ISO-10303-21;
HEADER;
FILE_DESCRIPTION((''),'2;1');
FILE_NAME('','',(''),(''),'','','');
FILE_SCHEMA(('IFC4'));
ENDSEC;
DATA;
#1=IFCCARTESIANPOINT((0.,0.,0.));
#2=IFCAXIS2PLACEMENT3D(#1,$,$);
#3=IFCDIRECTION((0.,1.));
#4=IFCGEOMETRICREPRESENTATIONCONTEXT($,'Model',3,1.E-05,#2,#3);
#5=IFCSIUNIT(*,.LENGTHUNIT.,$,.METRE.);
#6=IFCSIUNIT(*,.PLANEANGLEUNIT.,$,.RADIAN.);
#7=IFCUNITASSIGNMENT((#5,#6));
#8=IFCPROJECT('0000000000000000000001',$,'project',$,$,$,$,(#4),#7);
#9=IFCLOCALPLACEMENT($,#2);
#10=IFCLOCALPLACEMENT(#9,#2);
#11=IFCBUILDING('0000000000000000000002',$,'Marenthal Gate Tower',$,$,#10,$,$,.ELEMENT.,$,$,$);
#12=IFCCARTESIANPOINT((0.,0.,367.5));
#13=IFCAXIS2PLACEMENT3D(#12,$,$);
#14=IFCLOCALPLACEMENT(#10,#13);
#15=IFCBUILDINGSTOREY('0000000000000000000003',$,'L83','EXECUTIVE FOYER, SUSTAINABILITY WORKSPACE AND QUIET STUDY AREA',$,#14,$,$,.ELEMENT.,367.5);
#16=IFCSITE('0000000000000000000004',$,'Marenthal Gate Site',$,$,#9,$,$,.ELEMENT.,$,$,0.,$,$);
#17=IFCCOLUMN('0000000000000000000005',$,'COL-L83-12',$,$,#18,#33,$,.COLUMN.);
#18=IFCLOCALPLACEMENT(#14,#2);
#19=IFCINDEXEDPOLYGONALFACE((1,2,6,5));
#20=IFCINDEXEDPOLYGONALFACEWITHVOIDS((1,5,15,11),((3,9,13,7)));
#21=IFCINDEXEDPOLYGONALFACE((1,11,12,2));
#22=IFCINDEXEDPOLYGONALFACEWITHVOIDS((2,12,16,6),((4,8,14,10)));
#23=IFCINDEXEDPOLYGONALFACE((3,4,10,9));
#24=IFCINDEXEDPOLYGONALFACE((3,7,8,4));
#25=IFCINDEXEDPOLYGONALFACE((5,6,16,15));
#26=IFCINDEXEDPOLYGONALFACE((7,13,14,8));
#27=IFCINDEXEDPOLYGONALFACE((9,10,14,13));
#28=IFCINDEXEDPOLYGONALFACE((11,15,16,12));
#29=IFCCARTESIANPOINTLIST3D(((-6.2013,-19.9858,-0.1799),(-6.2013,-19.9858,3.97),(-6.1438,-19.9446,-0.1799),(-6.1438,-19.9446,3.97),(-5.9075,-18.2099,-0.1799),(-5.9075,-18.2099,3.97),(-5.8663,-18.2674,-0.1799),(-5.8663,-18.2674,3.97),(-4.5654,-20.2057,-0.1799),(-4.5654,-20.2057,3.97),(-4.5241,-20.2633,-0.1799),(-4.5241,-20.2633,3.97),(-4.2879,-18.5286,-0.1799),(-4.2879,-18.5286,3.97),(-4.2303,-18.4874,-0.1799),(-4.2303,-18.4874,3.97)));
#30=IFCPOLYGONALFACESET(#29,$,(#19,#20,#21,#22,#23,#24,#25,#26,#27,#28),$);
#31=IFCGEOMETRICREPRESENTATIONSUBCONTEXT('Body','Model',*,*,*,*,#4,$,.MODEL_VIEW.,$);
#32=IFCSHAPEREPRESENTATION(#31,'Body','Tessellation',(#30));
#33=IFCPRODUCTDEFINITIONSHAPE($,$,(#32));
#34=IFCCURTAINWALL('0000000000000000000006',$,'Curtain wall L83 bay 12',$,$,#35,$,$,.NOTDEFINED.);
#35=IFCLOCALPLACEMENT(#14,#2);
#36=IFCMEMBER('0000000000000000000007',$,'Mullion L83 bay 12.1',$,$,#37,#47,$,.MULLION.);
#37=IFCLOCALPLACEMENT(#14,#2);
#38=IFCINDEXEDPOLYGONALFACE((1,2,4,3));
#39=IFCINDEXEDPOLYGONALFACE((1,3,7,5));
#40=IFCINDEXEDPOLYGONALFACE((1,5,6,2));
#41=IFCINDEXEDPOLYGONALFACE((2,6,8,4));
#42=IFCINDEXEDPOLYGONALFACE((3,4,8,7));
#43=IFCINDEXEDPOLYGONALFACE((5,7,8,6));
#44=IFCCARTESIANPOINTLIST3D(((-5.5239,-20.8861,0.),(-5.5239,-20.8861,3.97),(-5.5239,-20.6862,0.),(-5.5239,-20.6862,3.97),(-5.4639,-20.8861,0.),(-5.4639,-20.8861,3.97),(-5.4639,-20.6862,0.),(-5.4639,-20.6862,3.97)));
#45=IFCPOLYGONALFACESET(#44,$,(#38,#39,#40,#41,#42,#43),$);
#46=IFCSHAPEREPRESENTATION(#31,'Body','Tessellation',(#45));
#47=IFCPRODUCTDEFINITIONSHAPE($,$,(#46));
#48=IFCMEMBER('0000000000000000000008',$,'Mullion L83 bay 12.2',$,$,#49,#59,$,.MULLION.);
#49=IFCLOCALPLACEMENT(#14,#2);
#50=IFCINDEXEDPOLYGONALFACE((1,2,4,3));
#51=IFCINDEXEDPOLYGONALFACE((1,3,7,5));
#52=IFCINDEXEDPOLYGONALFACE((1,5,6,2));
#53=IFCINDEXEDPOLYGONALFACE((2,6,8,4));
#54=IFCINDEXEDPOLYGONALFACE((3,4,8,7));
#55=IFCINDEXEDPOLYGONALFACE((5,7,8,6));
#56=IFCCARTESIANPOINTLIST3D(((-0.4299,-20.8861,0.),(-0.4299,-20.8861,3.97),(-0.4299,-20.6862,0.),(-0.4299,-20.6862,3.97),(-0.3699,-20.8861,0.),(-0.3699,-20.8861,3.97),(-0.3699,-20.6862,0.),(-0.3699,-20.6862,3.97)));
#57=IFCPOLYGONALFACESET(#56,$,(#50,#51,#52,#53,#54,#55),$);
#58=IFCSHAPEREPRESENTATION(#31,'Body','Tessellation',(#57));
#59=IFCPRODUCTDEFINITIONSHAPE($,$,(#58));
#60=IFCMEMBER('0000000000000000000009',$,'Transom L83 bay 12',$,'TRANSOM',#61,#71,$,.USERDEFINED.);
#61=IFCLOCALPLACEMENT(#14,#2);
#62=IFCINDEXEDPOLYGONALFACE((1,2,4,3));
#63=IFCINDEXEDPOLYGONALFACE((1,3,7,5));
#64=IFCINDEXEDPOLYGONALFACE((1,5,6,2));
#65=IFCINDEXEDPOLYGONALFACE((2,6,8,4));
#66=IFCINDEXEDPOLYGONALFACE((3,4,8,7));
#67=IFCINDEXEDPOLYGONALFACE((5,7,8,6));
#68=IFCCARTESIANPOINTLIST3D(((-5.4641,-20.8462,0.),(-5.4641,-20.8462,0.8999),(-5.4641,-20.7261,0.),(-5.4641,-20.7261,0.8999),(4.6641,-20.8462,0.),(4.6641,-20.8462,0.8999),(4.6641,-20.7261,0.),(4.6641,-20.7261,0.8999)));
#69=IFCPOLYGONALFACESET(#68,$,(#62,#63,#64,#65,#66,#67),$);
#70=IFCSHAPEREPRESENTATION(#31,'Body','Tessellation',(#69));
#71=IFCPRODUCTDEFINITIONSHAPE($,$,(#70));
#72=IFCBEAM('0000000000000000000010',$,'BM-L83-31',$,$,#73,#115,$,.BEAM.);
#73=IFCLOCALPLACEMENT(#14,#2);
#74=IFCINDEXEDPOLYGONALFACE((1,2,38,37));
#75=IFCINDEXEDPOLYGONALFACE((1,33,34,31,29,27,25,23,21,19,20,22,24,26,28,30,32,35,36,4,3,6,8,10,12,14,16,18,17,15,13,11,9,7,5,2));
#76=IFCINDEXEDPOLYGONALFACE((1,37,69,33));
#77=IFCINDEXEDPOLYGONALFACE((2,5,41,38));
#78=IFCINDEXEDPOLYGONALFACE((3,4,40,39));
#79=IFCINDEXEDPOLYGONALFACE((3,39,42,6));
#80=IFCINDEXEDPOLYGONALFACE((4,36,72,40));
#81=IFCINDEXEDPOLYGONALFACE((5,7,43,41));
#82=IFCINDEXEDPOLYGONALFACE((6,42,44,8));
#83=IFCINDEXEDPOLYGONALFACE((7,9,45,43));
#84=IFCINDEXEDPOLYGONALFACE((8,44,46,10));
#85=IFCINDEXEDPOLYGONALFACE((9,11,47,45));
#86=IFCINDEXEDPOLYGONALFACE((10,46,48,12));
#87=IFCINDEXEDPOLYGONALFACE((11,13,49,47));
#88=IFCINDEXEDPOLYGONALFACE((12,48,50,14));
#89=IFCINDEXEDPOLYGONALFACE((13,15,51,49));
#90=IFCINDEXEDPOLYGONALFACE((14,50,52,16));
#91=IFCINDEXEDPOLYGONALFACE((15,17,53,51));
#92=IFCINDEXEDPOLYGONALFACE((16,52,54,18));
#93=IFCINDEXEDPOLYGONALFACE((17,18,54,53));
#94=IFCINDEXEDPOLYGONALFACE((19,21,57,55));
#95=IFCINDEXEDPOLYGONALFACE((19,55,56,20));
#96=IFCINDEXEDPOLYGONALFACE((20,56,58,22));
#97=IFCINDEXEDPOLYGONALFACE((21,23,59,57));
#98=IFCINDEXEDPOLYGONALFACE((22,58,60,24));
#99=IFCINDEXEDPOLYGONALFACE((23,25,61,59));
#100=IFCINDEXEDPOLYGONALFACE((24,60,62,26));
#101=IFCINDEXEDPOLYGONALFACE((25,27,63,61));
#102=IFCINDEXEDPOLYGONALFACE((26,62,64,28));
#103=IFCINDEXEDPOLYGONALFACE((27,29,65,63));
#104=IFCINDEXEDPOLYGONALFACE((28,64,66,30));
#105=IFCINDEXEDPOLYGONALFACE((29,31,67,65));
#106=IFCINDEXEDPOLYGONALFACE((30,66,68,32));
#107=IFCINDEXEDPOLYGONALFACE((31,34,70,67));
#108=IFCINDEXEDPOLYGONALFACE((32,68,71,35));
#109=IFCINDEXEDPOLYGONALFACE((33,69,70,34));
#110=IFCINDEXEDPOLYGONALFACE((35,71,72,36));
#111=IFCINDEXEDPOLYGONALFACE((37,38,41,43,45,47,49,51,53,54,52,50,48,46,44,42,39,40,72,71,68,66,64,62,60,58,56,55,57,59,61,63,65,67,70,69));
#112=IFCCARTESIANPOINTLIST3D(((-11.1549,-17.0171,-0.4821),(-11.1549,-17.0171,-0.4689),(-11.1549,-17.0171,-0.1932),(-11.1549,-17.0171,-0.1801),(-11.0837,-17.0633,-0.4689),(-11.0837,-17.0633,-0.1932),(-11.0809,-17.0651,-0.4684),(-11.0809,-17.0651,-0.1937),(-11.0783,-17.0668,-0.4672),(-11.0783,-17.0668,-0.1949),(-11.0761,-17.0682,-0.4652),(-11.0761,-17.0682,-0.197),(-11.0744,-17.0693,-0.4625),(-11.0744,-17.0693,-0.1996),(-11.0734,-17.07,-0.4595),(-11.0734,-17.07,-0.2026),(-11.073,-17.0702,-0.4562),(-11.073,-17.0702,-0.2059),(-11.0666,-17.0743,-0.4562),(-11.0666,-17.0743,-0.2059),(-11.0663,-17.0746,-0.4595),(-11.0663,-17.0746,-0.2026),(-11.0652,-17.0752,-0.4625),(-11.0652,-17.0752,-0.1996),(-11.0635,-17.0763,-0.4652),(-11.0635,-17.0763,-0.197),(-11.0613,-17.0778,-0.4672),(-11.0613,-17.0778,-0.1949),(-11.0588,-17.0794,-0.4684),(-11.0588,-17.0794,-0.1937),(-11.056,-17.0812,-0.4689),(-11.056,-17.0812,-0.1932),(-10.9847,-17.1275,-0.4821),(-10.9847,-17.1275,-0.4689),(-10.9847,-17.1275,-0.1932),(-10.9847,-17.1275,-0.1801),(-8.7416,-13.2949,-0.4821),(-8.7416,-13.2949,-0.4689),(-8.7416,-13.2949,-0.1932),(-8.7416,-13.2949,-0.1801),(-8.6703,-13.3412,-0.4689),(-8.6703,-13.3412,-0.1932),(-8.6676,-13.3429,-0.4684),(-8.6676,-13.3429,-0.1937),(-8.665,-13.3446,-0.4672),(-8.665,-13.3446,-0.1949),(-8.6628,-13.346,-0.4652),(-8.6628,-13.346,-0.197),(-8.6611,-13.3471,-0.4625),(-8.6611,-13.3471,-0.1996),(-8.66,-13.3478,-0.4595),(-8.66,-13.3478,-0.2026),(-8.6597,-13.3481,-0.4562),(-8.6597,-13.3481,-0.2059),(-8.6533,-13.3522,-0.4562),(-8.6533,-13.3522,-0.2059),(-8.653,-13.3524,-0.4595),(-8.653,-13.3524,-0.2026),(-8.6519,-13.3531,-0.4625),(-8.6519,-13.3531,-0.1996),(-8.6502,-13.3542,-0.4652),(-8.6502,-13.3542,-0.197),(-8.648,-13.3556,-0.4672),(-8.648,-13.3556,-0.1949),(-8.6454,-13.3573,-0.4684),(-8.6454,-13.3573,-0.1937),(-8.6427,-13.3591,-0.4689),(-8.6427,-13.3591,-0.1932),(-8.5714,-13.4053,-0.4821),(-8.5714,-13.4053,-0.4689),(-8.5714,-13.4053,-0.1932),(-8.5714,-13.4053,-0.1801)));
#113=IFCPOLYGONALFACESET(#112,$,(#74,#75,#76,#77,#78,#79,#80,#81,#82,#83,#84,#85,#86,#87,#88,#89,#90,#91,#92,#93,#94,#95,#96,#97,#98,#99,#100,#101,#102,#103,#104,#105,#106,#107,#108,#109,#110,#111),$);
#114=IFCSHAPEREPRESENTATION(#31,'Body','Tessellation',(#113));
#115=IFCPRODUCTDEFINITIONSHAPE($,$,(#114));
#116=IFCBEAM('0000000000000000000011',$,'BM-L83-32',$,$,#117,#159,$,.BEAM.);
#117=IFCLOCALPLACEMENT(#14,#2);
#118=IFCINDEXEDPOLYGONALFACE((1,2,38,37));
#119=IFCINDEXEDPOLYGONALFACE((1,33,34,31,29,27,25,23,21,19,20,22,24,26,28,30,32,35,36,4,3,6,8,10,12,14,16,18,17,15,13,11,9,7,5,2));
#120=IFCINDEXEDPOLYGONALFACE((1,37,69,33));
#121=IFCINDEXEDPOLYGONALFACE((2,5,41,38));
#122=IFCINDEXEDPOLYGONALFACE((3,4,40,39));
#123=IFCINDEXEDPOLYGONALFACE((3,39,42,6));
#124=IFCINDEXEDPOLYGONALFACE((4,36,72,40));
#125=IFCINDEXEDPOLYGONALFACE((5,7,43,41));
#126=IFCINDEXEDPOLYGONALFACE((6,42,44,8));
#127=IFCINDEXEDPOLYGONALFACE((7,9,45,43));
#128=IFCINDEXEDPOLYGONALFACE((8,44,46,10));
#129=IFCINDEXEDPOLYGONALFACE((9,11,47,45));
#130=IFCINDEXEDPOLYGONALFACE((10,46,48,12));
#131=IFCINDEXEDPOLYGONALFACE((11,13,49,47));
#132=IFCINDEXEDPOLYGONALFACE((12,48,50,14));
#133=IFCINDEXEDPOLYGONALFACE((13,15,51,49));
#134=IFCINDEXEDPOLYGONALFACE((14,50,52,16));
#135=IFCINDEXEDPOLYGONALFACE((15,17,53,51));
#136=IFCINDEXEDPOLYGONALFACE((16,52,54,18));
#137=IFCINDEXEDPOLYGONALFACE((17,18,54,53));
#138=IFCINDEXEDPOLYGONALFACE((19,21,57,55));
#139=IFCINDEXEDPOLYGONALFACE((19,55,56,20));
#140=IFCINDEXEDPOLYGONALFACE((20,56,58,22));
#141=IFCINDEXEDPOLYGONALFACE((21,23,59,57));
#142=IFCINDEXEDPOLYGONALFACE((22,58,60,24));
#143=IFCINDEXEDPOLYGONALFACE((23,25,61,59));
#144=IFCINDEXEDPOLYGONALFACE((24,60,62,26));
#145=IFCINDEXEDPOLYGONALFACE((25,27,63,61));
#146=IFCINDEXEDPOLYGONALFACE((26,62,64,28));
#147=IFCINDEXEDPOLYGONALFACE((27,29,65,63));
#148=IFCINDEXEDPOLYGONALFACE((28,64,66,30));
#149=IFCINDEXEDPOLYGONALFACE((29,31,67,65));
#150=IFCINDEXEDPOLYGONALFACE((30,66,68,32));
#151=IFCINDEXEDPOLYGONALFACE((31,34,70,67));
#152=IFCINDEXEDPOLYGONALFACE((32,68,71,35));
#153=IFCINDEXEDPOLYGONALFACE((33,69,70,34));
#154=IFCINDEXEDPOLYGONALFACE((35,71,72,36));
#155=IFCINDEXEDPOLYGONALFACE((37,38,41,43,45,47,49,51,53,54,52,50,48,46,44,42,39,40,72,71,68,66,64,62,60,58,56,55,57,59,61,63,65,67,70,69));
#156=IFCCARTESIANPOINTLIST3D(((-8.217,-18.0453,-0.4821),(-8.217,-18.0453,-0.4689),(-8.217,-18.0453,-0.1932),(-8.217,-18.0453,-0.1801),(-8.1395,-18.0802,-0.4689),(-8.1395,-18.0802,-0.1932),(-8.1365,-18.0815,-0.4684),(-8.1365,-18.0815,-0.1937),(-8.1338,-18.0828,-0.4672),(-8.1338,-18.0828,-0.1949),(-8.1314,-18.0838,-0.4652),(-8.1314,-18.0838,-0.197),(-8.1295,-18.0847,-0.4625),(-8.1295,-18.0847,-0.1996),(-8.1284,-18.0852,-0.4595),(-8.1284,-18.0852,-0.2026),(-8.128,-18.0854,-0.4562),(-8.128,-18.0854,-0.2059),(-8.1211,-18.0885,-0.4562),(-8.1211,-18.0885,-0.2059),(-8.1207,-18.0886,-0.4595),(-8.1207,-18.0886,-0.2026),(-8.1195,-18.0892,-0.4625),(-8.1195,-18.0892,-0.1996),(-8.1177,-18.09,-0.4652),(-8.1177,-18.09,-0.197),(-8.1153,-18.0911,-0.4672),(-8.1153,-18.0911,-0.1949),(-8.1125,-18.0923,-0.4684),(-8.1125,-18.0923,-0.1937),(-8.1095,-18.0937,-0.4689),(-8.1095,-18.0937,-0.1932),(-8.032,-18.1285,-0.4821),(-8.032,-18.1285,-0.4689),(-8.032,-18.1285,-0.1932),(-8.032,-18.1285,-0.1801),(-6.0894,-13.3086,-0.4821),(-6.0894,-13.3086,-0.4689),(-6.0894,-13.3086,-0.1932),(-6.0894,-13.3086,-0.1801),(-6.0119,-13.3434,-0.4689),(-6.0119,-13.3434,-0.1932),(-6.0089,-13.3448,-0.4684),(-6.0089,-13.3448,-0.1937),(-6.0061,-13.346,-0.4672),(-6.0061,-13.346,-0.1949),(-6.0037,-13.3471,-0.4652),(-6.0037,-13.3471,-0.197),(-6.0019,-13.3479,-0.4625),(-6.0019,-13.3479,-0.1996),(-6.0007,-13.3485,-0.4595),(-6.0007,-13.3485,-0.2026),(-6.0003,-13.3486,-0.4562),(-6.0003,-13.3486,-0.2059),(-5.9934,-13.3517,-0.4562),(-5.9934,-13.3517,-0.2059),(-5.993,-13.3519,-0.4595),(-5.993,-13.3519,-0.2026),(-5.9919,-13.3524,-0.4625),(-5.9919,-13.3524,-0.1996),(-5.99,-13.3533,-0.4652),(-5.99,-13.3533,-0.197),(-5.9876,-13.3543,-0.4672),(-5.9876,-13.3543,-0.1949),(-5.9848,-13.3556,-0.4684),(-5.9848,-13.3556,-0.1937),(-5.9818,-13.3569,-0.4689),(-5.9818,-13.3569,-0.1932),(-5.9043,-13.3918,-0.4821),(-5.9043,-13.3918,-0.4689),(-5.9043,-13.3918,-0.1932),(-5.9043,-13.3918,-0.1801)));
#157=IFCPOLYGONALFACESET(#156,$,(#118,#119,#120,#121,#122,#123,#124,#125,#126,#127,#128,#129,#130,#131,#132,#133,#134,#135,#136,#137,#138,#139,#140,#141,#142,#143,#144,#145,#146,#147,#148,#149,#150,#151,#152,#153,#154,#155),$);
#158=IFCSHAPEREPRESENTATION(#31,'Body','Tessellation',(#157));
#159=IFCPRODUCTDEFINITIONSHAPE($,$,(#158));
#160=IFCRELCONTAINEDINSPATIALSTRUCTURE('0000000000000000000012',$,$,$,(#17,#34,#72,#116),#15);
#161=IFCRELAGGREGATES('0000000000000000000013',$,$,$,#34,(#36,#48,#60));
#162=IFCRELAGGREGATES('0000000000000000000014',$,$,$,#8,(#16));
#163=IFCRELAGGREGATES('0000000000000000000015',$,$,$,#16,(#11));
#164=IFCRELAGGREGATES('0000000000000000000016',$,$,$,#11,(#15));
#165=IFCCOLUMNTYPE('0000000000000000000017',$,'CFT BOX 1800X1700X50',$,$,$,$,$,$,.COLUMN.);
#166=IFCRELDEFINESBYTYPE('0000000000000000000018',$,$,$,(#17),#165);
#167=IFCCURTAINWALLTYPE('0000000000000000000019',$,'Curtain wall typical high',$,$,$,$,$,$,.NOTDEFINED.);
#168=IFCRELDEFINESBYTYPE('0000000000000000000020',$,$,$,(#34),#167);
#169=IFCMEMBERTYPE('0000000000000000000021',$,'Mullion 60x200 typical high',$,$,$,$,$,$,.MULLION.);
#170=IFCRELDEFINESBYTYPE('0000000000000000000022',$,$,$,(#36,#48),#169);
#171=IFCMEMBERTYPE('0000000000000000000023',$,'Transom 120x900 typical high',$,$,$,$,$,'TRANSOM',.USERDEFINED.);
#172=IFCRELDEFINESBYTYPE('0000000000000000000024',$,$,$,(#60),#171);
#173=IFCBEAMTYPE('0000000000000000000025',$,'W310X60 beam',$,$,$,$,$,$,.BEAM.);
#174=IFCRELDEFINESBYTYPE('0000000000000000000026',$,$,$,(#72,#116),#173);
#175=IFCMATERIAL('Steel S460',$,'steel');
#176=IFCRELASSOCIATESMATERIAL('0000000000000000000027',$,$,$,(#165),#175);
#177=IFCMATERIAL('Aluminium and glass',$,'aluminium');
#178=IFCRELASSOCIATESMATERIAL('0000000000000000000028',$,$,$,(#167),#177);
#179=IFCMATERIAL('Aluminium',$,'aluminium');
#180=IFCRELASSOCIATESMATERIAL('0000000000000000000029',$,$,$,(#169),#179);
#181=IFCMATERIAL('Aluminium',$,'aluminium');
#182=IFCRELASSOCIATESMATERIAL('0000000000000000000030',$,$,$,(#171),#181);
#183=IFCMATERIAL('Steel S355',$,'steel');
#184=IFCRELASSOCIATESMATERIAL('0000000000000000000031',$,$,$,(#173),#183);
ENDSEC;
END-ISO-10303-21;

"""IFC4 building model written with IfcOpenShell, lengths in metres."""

from ifc_helpers import new_model, si_unit, direction, frame, origin, origin_2d, place, context, subcontext, project, spatial, rectangle, hollow_rectangle, i_section, extrude, material, material_profile, profile_set, type_object, element, aggregate, save


model = new_model("IFC4")

# Units and contexts
model_context = context("Model", 3, precision=1e-05, world=origin(), true_north=direction((0.0, 1.0)))
body_context = subcontext(model_context, "Body", "Model", "MODEL_VIEW")
ifc_project = project(units=[si_unit("LENGTHUNIT", "METRE"), si_unit("PLANEANGLEUNIT", "RADIAN")], contexts=[model_context])

# Site, building, storey
site_placement = place(None, origin())
site = spatial("IfcSite", under=ifc_project, at=site_placement, Name="Marenthal Gate Site", CompositionType="ELEMENT", RefElevation=0.0)
building_placement = place(site_placement, origin())
building = spatial("IfcBuilding", under=site, at=building_placement, Name="Marenthal Gate Tower", CompositionType="ELEMENT")
storey_placement = place(building_placement, frame((0.0, 0.0, 367.5)))
storey = spatial("IfcBuildingStorey", under=building, at=storey_placement, Name="L83", Description="EXECUTIVE FOYER, SUSTAINABILITY WORKSPACE AND QUIET STUDY AREA", CompositionType="ELEMENT", Elevation=367.5)

# Column
ifc_material_1 = material(Name="Steel S460", Category="steel")
ifc_material_profile_1 = material_profile(ifc_material_1, hollow_rectangle(XDim=1.7, YDim=1.8, WallThickness=0.05, at=origin_2d()), Name="CFT BOX 1800X1700X50")
ifc_material_2 = material(Name="Concrete 70 MPa", Category="concrete")
ifc_material_profile_2 = material_profile(ifc_material_2, rectangle(XDim=1.6001, YDim=1.7, at=origin_2d()), Name="CFT BOX 1800X1700X50 INFILL")
ifc_profile_set_1 = profile_set([ifc_material_profile_1, ifc_material_profile_2], Name="Steel S460 shell, Concrete 70 MPa infill")
column_type = type_object("IfcColumnType", Name="CFT BOX 1800X1700X50", PredefinedType="COLUMN", material=ifc_profile_set_1)
column_placement = place(storey_placement, frame((-5.2158, -19.2366, -0.1799), z_axis=(0.0, 0.0, 1.0), x_axis=(-0.98659, 0.163221, 0.0)))
element("IfcColumn", 1, at=column_placement, inside=storey, type_object=column_type, Name="COL-L83-12", PredefinedType="COLUMN", context=body_context, shape_type="SweptSolid", body=[
    extrude(hollow_rectangle(XDim=1.7, YDim=1.8, WallThickness=0.05, at=origin_2d()), origin(), (0.0, 0.0, 1.0), 4.1499),
])

# Curtain wall, members
ifc_material_3 = material(Name="Aluminium and glass", Category="aluminium")
curtain_wall_type = type_object("IfcCurtainWallType", Name="Curtain wall typical high", PredefinedType="NOTDEFINED", material=ifc_material_3)
curtain_wall_placement = place(storey_placement, origin())
curtain_wall = element("IfcCurtainWall", 2, at=curtain_wall_placement, inside=storey, type_object=curtain_wall_type, Name="Curtain wall L83 bay 12", PredefinedType="NOTDEFINED")
ifc_material_4 = material(Name="Aluminium", Category="aluminium")
ifc_material_profile_3 = material_profile(ifc_material_4, rectangle(XDim=0.2, YDim=0.0601, at=origin_2d()), Name="60x200 aluminium mullion")
ifc_profile_set_2 = profile_set([ifc_material_profile_3], Name="Aluminium")
member_type_1 = type_object("IfcMemberType", Name="Mullion 60x200 typical high", PredefinedType="MULLION", material=ifc_profile_set_2)
member_1_placement = place(storey_placement, frame((-5.4939, -20.7861, 0.0), z_axis=(0.0, 0.0, 1.0), x_axis=(0.0, 1.0, 0.0)))
member_1 = element("IfcMember", 3, at=member_1_placement, type_object=member_type_1, Name="Mullion L83 bay 12.1", PredefinedType="MULLION", context=body_context, shape_type="SweptSolid", body=[
    extrude(rectangle(XDim=0.2, YDim=0.0601, at=origin_2d()), origin(), (0.0, 0.0, 1.0), 3.97),
])
member_2_placement = place(storey_placement, frame((-0.3999, -20.7861, 0.0), z_axis=(0.0, 0.0, 1.0), x_axis=(0.0, 1.0, 0.0)))
member_2 = element("IfcMember", 4, at=member_2_placement, type_object=member_type_1, Name="Mullion L83 bay 12.2", PredefinedType="MULLION", context=body_context, shape_type="SweptSolid", body=[
    extrude(rectangle(XDim=0.2, YDim=0.0601, at=origin_2d()), origin(), (0.0, 0.0, 1.0), 3.97),
])
ifc_material_5 = material(Name="Aluminium", Category="aluminium")
ifc_material_profile_4 = material_profile(ifc_material_5, rectangle(XDim=0.1201, YDim=0.8999, at=origin_2d()), Name="120x900 aluminium transom")
ifc_profile_set_3 = profile_set([ifc_material_profile_4], Name="Aluminium")
member_type_2 = type_object("IfcMemberType", Name="Transom 120x900 typical high", ElementType="TRANSOM", PredefinedType="USERDEFINED", material=ifc_profile_set_3)
member_3_placement = place(storey_placement, frame((-5.4641, -20.7861, 0.45), z_axis=(1.0, 0.0, 0.0), x_axis=(0.0, 1.0, 0.0)))
member_3 = element("IfcMember", 5, at=member_3_placement, type_object=member_type_2, Name="Transom L83 bay 12", ObjectType="TRANSOM", PredefinedType="USERDEFINED", context=body_context, shape_type="SweptSolid", body=[
    extrude(rectangle(XDim=0.1201, YDim=0.8999, at=origin_2d()), origin(), (0.0, 0.0, 1.0), 10.1282),
])

# Beams
ifc_material_6 = material(Name="Steel S355", Category="steel")
ifc_material_profile_5 = material_profile(ifc_material_6, i_section(OverallWidth=0.2029, OverallDepth=0.302, WebThickness=0.0076, FlangeThickness=0.0132, FilletRadius=0.0127, at=origin_2d()), Name="W310X60")
ifc_profile_set_4 = profile_set([ifc_material_profile_5], Name="Steel S355")
beam_type_1 = type_object("IfcBeamType", Name="W310X60 beam", PredefinedType="BEAM", material=ifc_profile_set_4)
beam_1_placement = place(storey_placement, frame((-11.0698, -17.0723, -0.3311), z_axis=(0.544025, 0.839069, 0.0), x_axis=(-0.839069, 0.544025, 0.0)))
element("IfcBeam", 6, at=beam_1_placement, inside=storey, type_object=beam_type_1, Name="BM-L83-31", PredefinedType="BEAM", context=body_context, shape_type="SweptSolid", body=[
    extrude(i_section(OverallWidth=0.2029, OverallDepth=0.302, WebThickness=0.0076, FlangeThickness=0.0132, FilletRadius=0.0127, at=origin_2d()), origin(), (0.0, 0.0, 1.0), 4.436),
])
beam_2_placement = place(storey_placement, frame((-8.1245, -18.0869, -0.3311), z_axis=(0.409743, 0.912201, 0.0), x_axis=(-0.912201, 0.409743, 0.0)))
element("IfcBeam", 7, at=beam_2_placement, inside=storey, type_object=beam_type_1, Name="BM-L83-32", PredefinedType="BEAM", context=body_context, shape_type="SweptSolid", body=[
    extrude(i_section(OverallWidth=0.2029, OverallDepth=0.302, WebThickness=0.0076, FlangeThickness=0.0132, FilletRadius=0.0127, at=origin_2d()), origin(), (0.0, 0.0, 1.0), 5.1926),
])

aggregate(curtain_wall, [member_1, member_2, member_3])

save(model, "model.ifc")
